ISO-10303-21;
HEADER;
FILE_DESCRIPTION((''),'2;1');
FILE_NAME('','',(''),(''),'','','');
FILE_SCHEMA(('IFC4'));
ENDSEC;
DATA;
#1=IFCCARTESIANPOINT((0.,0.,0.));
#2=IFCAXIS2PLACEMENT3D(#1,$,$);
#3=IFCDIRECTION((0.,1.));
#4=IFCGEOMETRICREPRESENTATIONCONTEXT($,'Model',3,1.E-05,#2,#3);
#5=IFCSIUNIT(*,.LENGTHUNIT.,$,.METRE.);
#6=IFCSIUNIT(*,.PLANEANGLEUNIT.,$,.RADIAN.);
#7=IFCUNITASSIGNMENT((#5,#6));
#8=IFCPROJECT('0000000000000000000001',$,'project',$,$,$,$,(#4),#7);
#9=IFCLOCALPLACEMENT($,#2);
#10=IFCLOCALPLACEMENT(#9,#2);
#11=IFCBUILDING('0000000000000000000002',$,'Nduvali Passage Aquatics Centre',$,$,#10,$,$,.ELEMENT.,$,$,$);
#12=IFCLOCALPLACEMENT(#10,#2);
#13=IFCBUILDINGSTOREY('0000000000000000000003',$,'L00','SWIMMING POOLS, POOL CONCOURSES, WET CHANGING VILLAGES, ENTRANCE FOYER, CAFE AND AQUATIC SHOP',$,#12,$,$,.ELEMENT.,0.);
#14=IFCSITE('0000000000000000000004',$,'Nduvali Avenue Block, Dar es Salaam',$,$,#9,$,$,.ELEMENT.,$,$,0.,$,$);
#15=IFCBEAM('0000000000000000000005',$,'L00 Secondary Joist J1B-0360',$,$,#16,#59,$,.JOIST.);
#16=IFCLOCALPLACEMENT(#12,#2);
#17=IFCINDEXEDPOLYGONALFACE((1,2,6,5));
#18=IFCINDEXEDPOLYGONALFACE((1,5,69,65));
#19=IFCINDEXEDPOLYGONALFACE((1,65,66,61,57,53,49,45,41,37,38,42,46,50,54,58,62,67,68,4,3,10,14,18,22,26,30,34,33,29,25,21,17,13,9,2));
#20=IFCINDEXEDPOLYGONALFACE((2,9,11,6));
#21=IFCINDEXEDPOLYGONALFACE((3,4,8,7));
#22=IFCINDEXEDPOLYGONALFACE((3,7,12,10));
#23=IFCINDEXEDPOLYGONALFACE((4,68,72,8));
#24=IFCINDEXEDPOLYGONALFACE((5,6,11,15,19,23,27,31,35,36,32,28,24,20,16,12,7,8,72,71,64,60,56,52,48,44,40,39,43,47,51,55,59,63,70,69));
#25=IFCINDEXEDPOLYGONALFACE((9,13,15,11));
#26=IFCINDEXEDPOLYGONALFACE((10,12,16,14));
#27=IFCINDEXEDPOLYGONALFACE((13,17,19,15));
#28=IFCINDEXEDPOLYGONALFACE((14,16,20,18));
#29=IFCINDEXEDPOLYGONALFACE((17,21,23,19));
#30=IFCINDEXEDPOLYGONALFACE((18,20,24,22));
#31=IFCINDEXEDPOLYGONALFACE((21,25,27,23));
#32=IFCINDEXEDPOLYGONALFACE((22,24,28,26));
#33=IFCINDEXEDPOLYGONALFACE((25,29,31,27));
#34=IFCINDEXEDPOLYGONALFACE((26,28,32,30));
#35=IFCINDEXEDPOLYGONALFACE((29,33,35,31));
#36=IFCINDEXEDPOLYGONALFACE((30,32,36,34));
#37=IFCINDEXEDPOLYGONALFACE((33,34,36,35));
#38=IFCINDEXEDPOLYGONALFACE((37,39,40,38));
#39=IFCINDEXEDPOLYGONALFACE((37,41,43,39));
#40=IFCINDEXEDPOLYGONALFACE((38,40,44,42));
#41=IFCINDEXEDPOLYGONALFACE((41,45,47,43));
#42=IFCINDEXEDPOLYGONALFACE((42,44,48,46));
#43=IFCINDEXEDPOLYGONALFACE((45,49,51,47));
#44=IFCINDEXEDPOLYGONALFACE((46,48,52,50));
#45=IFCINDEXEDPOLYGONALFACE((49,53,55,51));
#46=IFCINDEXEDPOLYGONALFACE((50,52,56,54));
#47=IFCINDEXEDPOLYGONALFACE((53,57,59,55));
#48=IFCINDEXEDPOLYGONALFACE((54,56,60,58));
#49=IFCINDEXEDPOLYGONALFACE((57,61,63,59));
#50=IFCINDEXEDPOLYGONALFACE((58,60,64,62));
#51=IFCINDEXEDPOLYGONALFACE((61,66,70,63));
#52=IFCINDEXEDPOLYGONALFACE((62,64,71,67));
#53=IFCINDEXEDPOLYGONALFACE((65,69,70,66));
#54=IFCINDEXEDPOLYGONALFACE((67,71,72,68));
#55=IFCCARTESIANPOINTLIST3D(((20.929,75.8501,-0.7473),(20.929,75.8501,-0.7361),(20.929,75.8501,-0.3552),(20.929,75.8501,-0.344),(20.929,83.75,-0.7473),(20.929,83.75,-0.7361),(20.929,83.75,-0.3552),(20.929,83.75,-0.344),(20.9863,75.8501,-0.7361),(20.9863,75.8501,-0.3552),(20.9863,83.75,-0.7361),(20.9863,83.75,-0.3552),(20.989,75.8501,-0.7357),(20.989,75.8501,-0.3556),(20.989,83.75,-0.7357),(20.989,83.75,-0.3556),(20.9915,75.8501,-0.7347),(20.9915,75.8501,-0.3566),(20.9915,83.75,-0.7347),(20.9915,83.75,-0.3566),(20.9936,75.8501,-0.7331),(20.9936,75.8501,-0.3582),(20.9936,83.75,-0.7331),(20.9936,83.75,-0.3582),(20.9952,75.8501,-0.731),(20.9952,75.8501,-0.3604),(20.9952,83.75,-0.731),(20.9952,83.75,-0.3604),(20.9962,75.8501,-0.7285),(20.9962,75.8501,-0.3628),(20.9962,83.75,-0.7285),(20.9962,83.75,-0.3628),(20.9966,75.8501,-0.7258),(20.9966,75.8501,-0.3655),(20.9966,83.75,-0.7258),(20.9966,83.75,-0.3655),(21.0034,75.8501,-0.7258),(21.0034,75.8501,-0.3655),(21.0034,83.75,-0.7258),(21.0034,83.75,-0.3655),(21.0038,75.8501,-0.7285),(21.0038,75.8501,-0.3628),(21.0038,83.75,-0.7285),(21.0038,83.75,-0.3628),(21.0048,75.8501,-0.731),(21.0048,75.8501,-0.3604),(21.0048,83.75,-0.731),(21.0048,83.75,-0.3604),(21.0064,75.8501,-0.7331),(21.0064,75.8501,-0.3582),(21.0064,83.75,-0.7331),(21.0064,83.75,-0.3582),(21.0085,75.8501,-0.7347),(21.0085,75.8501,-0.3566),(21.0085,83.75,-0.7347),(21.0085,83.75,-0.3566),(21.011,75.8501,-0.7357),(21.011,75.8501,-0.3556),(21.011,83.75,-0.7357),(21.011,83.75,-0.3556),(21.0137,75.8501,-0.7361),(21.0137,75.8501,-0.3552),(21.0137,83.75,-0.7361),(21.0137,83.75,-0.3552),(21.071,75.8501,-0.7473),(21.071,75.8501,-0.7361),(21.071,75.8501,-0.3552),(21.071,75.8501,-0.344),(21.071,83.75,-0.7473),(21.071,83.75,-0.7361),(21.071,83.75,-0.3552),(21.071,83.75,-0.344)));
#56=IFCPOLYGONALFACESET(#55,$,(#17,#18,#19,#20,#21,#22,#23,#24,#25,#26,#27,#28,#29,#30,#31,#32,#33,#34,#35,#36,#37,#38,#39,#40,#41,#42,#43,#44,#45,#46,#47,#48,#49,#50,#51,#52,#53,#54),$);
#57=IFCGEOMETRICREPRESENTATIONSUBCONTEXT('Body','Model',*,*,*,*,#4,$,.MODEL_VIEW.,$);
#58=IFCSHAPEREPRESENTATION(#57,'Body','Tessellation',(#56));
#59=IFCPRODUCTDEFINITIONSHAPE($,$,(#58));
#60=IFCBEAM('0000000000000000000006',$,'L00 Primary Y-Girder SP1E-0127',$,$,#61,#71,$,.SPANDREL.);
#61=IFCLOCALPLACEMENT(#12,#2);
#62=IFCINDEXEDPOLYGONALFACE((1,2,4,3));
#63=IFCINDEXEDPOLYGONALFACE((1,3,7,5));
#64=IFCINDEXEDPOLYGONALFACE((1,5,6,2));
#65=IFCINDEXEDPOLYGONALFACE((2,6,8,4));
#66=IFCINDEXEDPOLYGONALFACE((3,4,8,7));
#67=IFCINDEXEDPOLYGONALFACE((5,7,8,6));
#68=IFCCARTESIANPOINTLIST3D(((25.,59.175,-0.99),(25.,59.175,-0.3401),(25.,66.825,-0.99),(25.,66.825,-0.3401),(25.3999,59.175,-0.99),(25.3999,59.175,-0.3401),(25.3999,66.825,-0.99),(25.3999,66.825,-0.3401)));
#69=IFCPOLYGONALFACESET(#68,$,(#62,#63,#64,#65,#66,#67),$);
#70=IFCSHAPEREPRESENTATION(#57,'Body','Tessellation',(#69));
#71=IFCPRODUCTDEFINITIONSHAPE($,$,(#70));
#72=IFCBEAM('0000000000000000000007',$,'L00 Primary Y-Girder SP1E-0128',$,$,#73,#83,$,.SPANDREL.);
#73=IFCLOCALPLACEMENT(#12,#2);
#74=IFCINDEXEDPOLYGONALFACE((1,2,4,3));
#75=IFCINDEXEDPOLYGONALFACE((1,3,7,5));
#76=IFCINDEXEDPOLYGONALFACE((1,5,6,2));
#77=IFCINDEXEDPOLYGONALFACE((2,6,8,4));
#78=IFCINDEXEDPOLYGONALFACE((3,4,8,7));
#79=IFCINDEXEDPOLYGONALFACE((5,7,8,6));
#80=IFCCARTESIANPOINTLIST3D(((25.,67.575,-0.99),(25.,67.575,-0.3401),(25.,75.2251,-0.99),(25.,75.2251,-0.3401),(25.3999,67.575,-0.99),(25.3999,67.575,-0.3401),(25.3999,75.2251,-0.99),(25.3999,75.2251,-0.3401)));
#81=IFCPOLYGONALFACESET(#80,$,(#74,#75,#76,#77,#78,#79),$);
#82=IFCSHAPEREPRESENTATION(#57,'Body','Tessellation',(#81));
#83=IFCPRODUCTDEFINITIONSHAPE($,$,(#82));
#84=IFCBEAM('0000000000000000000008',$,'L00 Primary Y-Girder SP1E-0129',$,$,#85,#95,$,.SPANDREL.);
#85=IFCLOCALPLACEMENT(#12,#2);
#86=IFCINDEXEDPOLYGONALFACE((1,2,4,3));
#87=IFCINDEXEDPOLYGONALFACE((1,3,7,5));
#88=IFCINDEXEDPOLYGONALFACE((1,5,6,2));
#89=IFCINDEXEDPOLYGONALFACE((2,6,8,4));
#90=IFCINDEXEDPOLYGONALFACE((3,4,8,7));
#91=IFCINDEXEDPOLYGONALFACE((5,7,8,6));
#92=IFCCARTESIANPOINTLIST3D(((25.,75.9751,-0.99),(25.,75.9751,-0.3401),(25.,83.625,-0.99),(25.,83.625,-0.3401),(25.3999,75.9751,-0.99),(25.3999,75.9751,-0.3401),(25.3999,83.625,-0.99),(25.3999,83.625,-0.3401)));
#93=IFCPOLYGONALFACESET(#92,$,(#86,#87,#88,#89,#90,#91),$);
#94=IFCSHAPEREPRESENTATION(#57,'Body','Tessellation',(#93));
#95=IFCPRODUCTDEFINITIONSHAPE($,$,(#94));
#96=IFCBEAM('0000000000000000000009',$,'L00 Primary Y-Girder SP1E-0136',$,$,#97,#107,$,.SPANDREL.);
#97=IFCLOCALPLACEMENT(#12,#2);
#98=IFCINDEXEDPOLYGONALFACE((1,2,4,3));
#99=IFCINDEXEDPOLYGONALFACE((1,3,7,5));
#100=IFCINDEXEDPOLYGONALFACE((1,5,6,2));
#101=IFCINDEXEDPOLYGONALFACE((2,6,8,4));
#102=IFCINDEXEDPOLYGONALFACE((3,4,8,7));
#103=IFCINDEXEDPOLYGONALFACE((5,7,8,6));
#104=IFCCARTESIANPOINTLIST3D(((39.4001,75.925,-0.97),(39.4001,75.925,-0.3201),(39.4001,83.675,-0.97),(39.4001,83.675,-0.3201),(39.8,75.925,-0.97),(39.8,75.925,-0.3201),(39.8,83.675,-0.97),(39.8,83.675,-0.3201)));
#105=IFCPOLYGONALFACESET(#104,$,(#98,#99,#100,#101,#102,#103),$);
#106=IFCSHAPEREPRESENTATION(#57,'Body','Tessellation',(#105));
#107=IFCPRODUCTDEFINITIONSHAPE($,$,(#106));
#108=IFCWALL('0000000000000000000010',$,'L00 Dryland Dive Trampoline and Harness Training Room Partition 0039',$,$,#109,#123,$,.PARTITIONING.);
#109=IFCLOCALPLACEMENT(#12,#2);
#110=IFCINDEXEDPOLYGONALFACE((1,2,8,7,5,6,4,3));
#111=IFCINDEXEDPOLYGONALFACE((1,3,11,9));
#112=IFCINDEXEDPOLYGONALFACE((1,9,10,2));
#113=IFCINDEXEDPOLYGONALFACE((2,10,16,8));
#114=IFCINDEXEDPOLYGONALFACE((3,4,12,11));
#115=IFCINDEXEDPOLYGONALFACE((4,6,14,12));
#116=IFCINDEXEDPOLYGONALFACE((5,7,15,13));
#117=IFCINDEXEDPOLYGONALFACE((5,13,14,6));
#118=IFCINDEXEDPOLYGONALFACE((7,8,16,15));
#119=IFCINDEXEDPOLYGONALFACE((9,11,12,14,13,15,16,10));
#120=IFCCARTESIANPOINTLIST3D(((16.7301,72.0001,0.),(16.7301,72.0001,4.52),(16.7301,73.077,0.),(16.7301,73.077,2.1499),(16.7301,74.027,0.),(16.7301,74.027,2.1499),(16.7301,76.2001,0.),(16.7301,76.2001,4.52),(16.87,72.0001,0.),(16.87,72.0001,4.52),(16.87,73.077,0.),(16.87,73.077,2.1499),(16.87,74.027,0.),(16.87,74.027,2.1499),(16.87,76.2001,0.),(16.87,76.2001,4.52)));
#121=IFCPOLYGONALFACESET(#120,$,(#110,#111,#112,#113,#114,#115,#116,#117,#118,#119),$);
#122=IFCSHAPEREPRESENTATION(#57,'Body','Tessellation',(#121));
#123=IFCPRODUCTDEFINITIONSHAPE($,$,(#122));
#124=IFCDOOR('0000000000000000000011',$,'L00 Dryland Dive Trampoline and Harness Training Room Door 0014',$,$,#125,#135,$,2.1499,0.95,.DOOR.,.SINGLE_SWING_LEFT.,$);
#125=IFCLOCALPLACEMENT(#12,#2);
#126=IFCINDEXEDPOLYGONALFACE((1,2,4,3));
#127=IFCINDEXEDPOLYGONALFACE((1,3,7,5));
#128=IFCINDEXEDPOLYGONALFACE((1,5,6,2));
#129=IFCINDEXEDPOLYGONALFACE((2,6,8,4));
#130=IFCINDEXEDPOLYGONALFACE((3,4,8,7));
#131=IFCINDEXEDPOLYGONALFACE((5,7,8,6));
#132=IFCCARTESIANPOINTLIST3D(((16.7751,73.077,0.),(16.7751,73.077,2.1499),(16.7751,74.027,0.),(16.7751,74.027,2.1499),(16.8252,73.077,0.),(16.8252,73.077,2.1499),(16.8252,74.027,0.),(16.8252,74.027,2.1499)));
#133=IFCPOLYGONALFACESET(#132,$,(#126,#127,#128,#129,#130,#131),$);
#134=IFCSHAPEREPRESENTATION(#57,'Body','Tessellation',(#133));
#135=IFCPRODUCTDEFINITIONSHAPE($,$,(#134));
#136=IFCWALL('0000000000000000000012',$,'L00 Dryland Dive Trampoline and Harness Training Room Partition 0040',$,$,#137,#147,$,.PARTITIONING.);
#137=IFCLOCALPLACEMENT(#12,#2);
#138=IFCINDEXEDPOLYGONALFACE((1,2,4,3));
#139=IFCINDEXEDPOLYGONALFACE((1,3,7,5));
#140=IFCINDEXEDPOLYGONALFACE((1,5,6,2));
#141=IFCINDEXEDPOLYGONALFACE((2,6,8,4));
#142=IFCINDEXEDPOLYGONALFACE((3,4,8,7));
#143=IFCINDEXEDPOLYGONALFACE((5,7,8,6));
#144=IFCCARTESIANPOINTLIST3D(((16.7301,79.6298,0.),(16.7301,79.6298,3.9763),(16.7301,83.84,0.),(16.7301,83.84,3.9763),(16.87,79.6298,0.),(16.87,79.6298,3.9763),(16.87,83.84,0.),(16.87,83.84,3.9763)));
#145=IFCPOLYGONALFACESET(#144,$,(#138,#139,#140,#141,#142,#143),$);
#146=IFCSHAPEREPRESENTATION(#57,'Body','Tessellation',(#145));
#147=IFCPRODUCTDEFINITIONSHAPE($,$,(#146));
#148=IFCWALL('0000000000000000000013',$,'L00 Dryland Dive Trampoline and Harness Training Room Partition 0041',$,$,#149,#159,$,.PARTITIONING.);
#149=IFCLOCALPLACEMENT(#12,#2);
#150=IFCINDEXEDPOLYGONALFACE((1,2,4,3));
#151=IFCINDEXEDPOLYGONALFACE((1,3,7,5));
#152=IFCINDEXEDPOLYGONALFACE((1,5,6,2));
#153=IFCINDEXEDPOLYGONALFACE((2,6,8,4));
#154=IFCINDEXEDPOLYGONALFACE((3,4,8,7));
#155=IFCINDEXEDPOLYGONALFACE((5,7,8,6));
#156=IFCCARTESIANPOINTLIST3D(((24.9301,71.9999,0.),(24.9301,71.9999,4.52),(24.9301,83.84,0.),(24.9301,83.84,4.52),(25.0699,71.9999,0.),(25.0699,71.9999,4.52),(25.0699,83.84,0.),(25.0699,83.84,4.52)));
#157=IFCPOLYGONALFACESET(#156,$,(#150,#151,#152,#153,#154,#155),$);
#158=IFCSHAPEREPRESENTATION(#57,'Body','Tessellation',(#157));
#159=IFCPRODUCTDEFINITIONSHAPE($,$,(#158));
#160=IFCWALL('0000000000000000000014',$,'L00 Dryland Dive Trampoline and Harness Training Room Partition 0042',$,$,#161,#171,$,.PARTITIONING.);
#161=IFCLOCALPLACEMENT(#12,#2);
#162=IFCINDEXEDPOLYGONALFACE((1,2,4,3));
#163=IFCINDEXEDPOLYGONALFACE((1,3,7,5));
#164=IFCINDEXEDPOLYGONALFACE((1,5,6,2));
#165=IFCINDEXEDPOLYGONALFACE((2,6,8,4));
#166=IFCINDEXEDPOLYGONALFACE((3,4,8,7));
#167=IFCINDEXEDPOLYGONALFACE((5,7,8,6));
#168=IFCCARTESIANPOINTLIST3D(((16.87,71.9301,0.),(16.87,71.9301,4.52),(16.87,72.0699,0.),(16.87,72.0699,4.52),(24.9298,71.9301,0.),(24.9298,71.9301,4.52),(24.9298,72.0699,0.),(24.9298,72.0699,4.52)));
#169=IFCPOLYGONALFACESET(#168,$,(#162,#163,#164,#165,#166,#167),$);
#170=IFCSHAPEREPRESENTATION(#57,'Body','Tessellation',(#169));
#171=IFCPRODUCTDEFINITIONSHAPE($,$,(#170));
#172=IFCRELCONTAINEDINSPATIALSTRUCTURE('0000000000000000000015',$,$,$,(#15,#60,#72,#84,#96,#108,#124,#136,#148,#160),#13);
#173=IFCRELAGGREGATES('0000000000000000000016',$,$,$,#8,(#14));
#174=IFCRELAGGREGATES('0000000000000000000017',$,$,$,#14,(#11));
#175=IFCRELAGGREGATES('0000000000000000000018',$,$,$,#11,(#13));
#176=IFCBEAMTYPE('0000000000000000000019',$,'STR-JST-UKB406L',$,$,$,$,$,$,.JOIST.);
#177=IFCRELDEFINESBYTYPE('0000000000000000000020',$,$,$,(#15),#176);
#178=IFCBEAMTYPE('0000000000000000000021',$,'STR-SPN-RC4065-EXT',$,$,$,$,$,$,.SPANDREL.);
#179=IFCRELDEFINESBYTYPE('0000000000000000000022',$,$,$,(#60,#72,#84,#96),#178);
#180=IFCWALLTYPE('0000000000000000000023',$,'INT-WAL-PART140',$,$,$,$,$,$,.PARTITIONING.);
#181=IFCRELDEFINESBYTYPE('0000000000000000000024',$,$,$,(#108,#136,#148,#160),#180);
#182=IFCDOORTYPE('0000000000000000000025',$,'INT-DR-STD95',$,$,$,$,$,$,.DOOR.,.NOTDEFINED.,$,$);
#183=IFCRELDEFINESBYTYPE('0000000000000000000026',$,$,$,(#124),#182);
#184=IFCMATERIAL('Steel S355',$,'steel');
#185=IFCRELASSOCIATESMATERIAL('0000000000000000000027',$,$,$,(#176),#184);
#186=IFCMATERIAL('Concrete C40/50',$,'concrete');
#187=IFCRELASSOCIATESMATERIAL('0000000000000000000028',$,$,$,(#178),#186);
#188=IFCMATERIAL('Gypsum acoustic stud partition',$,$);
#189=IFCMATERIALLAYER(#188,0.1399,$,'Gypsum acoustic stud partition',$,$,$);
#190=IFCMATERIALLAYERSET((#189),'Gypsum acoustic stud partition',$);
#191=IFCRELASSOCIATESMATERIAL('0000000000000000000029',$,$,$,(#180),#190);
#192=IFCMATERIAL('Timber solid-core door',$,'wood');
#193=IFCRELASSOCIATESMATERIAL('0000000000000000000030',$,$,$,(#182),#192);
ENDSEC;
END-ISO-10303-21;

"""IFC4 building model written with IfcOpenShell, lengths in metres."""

from ifc_helpers import new_model, si_unit, direction, frame, frame_2d, origin, origin_2d, place, context, subcontext, project, spatial, rectangle, i_section, extrude, material, layer, layer_set, material_profile, profile_set, type_object, element, fill, save


model = new_model("IFC4")

# Units and contexts
model_context = context("Model", 3, precision=1e-05, world=origin(), true_north=direction((0.0, 1.0)))
body_context = subcontext(model_context, "Body", "Model", "MODEL_VIEW")
ifc_project = project(units=[si_unit("LENGTHUNIT", "METRE"), si_unit("PLANEANGLEUNIT", "RADIAN")], contexts=[model_context])

# Site, building, storey
site_placement = place(None, origin())
site = spatial("IfcSite", under=ifc_project, at=site_placement, Name="Nduvali Avenue Block, Dar es Salaam", CompositionType="ELEMENT", RefElevation=0.0)
building_placement = place(site_placement, origin())
building = spatial("IfcBuilding", under=site, at=building_placement, Name="Nduvali Passage Aquatics Centre", CompositionType="ELEMENT")
storey_placement = place(building_placement, origin())
storey = spatial("IfcBuildingStorey", under=building, at=storey_placement, Name="L00", Description="SWIMMING POOLS, POOL CONCOURSES, WET CHANGING VILLAGES, ENTRANCE FOYER, CAFE AND AQUATIC SHOP", CompositionType="ELEMENT", Elevation=0.0)

# Shared definitions
ifc_material_1 = material(Name="Concrete C40/50", Category="concrete")

# Beams
ifc_material_2 = material(Name="Steel S355", Category="steel")
ifc_material_profile_1 = material_profile(ifc_material_2, i_section(OverallWidth=0.1421, OverallDepth=0.4033, WebThickness=0.0068, FlangeThickness=0.0112, FilletRadius=0.0103, at=origin_2d()), Name="UKB 406x140x46")
ifc_profile_set_1 = profile_set([ifc_material_profile_1], Name="Steel S355")
beam_type_1 = type_object("IfcBeamType", Name="STR-JST-UKB406L", PredefinedType="JOIST", material=ifc_profile_set_1)
beam_1_placement = place(storey_placement, frame((21.0, 75.8501, -0.5457), z_axis=(0.0, 1.0, 0.0), x_axis=(-1.0, 0.0, 0.0)))
element("IfcBeam", 1, at=beam_1_placement, inside=storey, type_object=beam_type_1, Name="L00 Secondary Joist J1B-0360", PredefinedType="JOIST", context=body_context, shape_type="SweptSolid", body=[
    extrude(i_section(OverallWidth=0.1421, OverallDepth=0.4033, WebThickness=0.0068, FlangeThickness=0.0112, FilletRadius=0.0103, at=origin_2d()), origin(), (0.0, 0.0, 1.0), 7.8999),
])
ifc_material_profile_2 = material_profile(ifc_material_1, rectangle(XDim=0.3999, YDim=0.6499, at=origin_2d()), Name="RC 400x650")
ifc_profile_set_2 = profile_set([ifc_material_profile_2], Name="Concrete C40/50")
beam_type_2 = type_object("IfcBeamType", Name="STR-SPN-RC4065-EXT", PredefinedType="SPANDREL", material=ifc_profile_set_2)
beam_2_placement = place(storey_placement, frame((25.2, 59.175, -0.665), z_axis=(0.0, 1.0, 0.0), x_axis=(-1.0, 0.0, 0.0)))
element("IfcBeam", 2, at=beam_2_placement, inside=storey, type_object=beam_type_2, Name="L00 Primary Y-Girder SP1E-0127", PredefinedType="SPANDREL", context=body_context, shape_type="SweptSolid", body=[
    extrude(rectangle(XDim=0.3999, YDim=0.6499, at=origin_2d()), origin(), (0.0, 0.0, 1.0), 7.6499),
])
beam_3_placement = place(storey_placement, frame((25.2, 67.575, -0.665), z_axis=(0.0, 1.0, 0.0), x_axis=(-1.0, 0.0, 0.0)))
element("IfcBeam", 3, at=beam_3_placement, inside=storey, type_object=beam_type_2, Name="L00 Primary Y-Girder SP1E-0128", PredefinedType="SPANDREL", context=body_context, shape_type="SweptSolid", body=[
    extrude(rectangle(XDim=0.3999, YDim=0.6499, at=origin_2d()), origin(), (0.0, 0.0, 1.0), 7.6501),
])
beam_4_placement = place(storey_placement, frame((25.2, 75.9751, -0.665), z_axis=(0.0, 1.0, 0.0), x_axis=(-1.0, 0.0, 0.0)))
element("IfcBeam", 4, at=beam_4_placement, inside=storey, type_object=beam_type_2, Name="L00 Primary Y-Girder SP1E-0129", PredefinedType="SPANDREL", context=body_context, shape_type="SweptSolid", body=[
    extrude(rectangle(XDim=0.3999, YDim=0.6499, at=origin_2d()), origin(), (0.0, 0.0, 1.0), 7.6499),
])
beam_5_placement = place(storey_placement, frame((39.6001, 75.925, -0.645), z_axis=(0.0, 1.0, 0.0), x_axis=(-1.0, 0.0, 0.0)))
element("IfcBeam", 5, at=beam_5_placement, inside=storey, type_object=beam_type_2, Name="L00 Primary Y-Girder SP1E-0136", PredefinedType="SPANDREL", context=body_context, shape_type="SweptSolid", body=[
    extrude(rectangle(XDim=0.3999, YDim=0.6499, at=origin_2d()), origin(), (0.0, 0.0, 1.0), 7.75),
])

# Wall, opening, door
ifc_material_3 = material(Name="Gypsum acoustic stud partition")
ifc_layer_1 = layer(ifc_material_3, 0.1399, Name="Gypsum acoustic stud partition")
ifc_layer_set_1 = layer_set([ifc_layer_1], Name="Gypsum acoustic stud partition")
wall_type_1 = type_object("IfcWallType", Name="INT-WAL-PART140", PredefinedType="PARTITIONING", material=ifc_layer_set_1)
wall_1_placement = place(storey_placement, frame((16.8, 72.0, 0.0), z_axis=(0.0, 0.0, 1.0), x_axis=(0.0, 1.0, 0.0)))
wall_1 = element("IfcWall", 6, at=wall_1_placement, inside=storey, type_object=wall_type_1, Name="L00 Dryland Dive Trampoline and Harness Training Room Partition 0039", PredefinedType="PARTITIONING", context=body_context, shape_type="SweptSolid", body=[
    extrude(rectangle(XDim=4.2, YDim=0.1399, at=frame_2d((2.1001, 0.0))), origin(), (0.0, 0.0, 1.0), 4.52),
])
opening_placement = place(wall_1_placement, frame((1.0769, 0.0, 0.0)))
opening = element("IfcOpeningElement", 7, at=opening_placement, cuts=wall_1, PredefinedType="OPENING", context=body_context, shape_type="SweptSolid", body=[
    extrude(rectangle(XDim=0.95, YDim=2.1499, at=frame_2d((0.4751, 1.075))), frame((0.0, 0.085, 0.0), z_axis=(0.0, -1.0, 0.0), x_axis=(1.0, 0.0, 0.0)), (0.0, 0.0, 1.0), 0.1697),
])
ifc_material_4 = material(Name="Timber solid-core door", Category="wood")
door_type = type_object("IfcDoorType", Name="INT-DR-STD95", OperationType="NOTDEFINED", PredefinedType="DOOR", material=ifc_material_4)
door_placement = place(opening_placement, origin())
door = element("IfcDoor", 8, at=door_placement, inside=storey, type_object=door_type, Name="L00 Dryland Dive Trampoline and Harness Training Room Door 0014", OperationType="SINGLE_SWING_LEFT", OverallHeight=2.1499, OverallWidth=0.95, PredefinedType="DOOR", context=body_context, shape_type="SweptSolid", body=[
    extrude(rectangle(XDim=0.95, YDim=2.1499, at=frame_2d((0.4751, 1.075))), frame((0.0, 0.0249, 0.0), z_axis=(0.0, -1.0, 0.0), x_axis=(1.0, 0.0, 0.0)), (0.0, 0.0, 1.0), 0.05),
])
fill(opening, door)

# Walls
wall_2_placement = place(storey_placement, frame((16.8, 79.6299, 0.0), z_axis=(0.0, 0.0, 1.0), x_axis=(0.0, 1.0, 0.0)))
element("IfcWall", 9, at=wall_2_placement, inside=storey, type_object=wall_type_1, Name="L00 Dryland Dive Trampoline and Harness Training Room Partition 0040", PredefinedType="PARTITIONING", context=body_context, shape_type="SweptSolid", body=[
    extrude(rectangle(XDim=4.2102, YDim=0.1399, at=frame_2d((2.105, 0.0))), origin(), (0.0, 0.0, 1.0), 3.9763),
])
wall_3_placement = place(storey_placement, frame((25.0, 72.0, 0.0), z_axis=(0.0, 0.0, 1.0), x_axis=(0.0, 1.0, 0.0)))
element("IfcWall", 10, at=wall_3_placement, inside=storey, type_object=wall_type_1, Name="L00 Dryland Dive Trampoline and Harness Training Room Partition 0041", PredefinedType="PARTITIONING", context=body_context, shape_type="SweptSolid", body=[
    extrude(rectangle(XDim=11.8401, YDim=0.1399, at=frame_2d((5.9199, 0.0))), origin(), (0.0, 0.0, 1.0), 4.52),
])
wall_4_placement = place(storey_placement, frame((16.8701, 72.0, 0.0), z_axis=(0.0, 0.0, 1.0), x_axis=(1.0, 0.0, 0.0)))
element("IfcWall", 11, at=wall_4_placement, inside=storey, type_object=wall_type_1, Name="L00 Dryland Dive Trampoline and Harness Training Room Partition 0042", PredefinedType="PARTITIONING", context=body_context, shape_type="SweptSolid", body=[
    extrude(rectangle(XDim=8.0598, YDim=0.1399, at=frame_2d((4.0298, 0.0))), origin(), (0.0, 0.0, 1.0), 4.52),
])

save(model, "model.ifc")
